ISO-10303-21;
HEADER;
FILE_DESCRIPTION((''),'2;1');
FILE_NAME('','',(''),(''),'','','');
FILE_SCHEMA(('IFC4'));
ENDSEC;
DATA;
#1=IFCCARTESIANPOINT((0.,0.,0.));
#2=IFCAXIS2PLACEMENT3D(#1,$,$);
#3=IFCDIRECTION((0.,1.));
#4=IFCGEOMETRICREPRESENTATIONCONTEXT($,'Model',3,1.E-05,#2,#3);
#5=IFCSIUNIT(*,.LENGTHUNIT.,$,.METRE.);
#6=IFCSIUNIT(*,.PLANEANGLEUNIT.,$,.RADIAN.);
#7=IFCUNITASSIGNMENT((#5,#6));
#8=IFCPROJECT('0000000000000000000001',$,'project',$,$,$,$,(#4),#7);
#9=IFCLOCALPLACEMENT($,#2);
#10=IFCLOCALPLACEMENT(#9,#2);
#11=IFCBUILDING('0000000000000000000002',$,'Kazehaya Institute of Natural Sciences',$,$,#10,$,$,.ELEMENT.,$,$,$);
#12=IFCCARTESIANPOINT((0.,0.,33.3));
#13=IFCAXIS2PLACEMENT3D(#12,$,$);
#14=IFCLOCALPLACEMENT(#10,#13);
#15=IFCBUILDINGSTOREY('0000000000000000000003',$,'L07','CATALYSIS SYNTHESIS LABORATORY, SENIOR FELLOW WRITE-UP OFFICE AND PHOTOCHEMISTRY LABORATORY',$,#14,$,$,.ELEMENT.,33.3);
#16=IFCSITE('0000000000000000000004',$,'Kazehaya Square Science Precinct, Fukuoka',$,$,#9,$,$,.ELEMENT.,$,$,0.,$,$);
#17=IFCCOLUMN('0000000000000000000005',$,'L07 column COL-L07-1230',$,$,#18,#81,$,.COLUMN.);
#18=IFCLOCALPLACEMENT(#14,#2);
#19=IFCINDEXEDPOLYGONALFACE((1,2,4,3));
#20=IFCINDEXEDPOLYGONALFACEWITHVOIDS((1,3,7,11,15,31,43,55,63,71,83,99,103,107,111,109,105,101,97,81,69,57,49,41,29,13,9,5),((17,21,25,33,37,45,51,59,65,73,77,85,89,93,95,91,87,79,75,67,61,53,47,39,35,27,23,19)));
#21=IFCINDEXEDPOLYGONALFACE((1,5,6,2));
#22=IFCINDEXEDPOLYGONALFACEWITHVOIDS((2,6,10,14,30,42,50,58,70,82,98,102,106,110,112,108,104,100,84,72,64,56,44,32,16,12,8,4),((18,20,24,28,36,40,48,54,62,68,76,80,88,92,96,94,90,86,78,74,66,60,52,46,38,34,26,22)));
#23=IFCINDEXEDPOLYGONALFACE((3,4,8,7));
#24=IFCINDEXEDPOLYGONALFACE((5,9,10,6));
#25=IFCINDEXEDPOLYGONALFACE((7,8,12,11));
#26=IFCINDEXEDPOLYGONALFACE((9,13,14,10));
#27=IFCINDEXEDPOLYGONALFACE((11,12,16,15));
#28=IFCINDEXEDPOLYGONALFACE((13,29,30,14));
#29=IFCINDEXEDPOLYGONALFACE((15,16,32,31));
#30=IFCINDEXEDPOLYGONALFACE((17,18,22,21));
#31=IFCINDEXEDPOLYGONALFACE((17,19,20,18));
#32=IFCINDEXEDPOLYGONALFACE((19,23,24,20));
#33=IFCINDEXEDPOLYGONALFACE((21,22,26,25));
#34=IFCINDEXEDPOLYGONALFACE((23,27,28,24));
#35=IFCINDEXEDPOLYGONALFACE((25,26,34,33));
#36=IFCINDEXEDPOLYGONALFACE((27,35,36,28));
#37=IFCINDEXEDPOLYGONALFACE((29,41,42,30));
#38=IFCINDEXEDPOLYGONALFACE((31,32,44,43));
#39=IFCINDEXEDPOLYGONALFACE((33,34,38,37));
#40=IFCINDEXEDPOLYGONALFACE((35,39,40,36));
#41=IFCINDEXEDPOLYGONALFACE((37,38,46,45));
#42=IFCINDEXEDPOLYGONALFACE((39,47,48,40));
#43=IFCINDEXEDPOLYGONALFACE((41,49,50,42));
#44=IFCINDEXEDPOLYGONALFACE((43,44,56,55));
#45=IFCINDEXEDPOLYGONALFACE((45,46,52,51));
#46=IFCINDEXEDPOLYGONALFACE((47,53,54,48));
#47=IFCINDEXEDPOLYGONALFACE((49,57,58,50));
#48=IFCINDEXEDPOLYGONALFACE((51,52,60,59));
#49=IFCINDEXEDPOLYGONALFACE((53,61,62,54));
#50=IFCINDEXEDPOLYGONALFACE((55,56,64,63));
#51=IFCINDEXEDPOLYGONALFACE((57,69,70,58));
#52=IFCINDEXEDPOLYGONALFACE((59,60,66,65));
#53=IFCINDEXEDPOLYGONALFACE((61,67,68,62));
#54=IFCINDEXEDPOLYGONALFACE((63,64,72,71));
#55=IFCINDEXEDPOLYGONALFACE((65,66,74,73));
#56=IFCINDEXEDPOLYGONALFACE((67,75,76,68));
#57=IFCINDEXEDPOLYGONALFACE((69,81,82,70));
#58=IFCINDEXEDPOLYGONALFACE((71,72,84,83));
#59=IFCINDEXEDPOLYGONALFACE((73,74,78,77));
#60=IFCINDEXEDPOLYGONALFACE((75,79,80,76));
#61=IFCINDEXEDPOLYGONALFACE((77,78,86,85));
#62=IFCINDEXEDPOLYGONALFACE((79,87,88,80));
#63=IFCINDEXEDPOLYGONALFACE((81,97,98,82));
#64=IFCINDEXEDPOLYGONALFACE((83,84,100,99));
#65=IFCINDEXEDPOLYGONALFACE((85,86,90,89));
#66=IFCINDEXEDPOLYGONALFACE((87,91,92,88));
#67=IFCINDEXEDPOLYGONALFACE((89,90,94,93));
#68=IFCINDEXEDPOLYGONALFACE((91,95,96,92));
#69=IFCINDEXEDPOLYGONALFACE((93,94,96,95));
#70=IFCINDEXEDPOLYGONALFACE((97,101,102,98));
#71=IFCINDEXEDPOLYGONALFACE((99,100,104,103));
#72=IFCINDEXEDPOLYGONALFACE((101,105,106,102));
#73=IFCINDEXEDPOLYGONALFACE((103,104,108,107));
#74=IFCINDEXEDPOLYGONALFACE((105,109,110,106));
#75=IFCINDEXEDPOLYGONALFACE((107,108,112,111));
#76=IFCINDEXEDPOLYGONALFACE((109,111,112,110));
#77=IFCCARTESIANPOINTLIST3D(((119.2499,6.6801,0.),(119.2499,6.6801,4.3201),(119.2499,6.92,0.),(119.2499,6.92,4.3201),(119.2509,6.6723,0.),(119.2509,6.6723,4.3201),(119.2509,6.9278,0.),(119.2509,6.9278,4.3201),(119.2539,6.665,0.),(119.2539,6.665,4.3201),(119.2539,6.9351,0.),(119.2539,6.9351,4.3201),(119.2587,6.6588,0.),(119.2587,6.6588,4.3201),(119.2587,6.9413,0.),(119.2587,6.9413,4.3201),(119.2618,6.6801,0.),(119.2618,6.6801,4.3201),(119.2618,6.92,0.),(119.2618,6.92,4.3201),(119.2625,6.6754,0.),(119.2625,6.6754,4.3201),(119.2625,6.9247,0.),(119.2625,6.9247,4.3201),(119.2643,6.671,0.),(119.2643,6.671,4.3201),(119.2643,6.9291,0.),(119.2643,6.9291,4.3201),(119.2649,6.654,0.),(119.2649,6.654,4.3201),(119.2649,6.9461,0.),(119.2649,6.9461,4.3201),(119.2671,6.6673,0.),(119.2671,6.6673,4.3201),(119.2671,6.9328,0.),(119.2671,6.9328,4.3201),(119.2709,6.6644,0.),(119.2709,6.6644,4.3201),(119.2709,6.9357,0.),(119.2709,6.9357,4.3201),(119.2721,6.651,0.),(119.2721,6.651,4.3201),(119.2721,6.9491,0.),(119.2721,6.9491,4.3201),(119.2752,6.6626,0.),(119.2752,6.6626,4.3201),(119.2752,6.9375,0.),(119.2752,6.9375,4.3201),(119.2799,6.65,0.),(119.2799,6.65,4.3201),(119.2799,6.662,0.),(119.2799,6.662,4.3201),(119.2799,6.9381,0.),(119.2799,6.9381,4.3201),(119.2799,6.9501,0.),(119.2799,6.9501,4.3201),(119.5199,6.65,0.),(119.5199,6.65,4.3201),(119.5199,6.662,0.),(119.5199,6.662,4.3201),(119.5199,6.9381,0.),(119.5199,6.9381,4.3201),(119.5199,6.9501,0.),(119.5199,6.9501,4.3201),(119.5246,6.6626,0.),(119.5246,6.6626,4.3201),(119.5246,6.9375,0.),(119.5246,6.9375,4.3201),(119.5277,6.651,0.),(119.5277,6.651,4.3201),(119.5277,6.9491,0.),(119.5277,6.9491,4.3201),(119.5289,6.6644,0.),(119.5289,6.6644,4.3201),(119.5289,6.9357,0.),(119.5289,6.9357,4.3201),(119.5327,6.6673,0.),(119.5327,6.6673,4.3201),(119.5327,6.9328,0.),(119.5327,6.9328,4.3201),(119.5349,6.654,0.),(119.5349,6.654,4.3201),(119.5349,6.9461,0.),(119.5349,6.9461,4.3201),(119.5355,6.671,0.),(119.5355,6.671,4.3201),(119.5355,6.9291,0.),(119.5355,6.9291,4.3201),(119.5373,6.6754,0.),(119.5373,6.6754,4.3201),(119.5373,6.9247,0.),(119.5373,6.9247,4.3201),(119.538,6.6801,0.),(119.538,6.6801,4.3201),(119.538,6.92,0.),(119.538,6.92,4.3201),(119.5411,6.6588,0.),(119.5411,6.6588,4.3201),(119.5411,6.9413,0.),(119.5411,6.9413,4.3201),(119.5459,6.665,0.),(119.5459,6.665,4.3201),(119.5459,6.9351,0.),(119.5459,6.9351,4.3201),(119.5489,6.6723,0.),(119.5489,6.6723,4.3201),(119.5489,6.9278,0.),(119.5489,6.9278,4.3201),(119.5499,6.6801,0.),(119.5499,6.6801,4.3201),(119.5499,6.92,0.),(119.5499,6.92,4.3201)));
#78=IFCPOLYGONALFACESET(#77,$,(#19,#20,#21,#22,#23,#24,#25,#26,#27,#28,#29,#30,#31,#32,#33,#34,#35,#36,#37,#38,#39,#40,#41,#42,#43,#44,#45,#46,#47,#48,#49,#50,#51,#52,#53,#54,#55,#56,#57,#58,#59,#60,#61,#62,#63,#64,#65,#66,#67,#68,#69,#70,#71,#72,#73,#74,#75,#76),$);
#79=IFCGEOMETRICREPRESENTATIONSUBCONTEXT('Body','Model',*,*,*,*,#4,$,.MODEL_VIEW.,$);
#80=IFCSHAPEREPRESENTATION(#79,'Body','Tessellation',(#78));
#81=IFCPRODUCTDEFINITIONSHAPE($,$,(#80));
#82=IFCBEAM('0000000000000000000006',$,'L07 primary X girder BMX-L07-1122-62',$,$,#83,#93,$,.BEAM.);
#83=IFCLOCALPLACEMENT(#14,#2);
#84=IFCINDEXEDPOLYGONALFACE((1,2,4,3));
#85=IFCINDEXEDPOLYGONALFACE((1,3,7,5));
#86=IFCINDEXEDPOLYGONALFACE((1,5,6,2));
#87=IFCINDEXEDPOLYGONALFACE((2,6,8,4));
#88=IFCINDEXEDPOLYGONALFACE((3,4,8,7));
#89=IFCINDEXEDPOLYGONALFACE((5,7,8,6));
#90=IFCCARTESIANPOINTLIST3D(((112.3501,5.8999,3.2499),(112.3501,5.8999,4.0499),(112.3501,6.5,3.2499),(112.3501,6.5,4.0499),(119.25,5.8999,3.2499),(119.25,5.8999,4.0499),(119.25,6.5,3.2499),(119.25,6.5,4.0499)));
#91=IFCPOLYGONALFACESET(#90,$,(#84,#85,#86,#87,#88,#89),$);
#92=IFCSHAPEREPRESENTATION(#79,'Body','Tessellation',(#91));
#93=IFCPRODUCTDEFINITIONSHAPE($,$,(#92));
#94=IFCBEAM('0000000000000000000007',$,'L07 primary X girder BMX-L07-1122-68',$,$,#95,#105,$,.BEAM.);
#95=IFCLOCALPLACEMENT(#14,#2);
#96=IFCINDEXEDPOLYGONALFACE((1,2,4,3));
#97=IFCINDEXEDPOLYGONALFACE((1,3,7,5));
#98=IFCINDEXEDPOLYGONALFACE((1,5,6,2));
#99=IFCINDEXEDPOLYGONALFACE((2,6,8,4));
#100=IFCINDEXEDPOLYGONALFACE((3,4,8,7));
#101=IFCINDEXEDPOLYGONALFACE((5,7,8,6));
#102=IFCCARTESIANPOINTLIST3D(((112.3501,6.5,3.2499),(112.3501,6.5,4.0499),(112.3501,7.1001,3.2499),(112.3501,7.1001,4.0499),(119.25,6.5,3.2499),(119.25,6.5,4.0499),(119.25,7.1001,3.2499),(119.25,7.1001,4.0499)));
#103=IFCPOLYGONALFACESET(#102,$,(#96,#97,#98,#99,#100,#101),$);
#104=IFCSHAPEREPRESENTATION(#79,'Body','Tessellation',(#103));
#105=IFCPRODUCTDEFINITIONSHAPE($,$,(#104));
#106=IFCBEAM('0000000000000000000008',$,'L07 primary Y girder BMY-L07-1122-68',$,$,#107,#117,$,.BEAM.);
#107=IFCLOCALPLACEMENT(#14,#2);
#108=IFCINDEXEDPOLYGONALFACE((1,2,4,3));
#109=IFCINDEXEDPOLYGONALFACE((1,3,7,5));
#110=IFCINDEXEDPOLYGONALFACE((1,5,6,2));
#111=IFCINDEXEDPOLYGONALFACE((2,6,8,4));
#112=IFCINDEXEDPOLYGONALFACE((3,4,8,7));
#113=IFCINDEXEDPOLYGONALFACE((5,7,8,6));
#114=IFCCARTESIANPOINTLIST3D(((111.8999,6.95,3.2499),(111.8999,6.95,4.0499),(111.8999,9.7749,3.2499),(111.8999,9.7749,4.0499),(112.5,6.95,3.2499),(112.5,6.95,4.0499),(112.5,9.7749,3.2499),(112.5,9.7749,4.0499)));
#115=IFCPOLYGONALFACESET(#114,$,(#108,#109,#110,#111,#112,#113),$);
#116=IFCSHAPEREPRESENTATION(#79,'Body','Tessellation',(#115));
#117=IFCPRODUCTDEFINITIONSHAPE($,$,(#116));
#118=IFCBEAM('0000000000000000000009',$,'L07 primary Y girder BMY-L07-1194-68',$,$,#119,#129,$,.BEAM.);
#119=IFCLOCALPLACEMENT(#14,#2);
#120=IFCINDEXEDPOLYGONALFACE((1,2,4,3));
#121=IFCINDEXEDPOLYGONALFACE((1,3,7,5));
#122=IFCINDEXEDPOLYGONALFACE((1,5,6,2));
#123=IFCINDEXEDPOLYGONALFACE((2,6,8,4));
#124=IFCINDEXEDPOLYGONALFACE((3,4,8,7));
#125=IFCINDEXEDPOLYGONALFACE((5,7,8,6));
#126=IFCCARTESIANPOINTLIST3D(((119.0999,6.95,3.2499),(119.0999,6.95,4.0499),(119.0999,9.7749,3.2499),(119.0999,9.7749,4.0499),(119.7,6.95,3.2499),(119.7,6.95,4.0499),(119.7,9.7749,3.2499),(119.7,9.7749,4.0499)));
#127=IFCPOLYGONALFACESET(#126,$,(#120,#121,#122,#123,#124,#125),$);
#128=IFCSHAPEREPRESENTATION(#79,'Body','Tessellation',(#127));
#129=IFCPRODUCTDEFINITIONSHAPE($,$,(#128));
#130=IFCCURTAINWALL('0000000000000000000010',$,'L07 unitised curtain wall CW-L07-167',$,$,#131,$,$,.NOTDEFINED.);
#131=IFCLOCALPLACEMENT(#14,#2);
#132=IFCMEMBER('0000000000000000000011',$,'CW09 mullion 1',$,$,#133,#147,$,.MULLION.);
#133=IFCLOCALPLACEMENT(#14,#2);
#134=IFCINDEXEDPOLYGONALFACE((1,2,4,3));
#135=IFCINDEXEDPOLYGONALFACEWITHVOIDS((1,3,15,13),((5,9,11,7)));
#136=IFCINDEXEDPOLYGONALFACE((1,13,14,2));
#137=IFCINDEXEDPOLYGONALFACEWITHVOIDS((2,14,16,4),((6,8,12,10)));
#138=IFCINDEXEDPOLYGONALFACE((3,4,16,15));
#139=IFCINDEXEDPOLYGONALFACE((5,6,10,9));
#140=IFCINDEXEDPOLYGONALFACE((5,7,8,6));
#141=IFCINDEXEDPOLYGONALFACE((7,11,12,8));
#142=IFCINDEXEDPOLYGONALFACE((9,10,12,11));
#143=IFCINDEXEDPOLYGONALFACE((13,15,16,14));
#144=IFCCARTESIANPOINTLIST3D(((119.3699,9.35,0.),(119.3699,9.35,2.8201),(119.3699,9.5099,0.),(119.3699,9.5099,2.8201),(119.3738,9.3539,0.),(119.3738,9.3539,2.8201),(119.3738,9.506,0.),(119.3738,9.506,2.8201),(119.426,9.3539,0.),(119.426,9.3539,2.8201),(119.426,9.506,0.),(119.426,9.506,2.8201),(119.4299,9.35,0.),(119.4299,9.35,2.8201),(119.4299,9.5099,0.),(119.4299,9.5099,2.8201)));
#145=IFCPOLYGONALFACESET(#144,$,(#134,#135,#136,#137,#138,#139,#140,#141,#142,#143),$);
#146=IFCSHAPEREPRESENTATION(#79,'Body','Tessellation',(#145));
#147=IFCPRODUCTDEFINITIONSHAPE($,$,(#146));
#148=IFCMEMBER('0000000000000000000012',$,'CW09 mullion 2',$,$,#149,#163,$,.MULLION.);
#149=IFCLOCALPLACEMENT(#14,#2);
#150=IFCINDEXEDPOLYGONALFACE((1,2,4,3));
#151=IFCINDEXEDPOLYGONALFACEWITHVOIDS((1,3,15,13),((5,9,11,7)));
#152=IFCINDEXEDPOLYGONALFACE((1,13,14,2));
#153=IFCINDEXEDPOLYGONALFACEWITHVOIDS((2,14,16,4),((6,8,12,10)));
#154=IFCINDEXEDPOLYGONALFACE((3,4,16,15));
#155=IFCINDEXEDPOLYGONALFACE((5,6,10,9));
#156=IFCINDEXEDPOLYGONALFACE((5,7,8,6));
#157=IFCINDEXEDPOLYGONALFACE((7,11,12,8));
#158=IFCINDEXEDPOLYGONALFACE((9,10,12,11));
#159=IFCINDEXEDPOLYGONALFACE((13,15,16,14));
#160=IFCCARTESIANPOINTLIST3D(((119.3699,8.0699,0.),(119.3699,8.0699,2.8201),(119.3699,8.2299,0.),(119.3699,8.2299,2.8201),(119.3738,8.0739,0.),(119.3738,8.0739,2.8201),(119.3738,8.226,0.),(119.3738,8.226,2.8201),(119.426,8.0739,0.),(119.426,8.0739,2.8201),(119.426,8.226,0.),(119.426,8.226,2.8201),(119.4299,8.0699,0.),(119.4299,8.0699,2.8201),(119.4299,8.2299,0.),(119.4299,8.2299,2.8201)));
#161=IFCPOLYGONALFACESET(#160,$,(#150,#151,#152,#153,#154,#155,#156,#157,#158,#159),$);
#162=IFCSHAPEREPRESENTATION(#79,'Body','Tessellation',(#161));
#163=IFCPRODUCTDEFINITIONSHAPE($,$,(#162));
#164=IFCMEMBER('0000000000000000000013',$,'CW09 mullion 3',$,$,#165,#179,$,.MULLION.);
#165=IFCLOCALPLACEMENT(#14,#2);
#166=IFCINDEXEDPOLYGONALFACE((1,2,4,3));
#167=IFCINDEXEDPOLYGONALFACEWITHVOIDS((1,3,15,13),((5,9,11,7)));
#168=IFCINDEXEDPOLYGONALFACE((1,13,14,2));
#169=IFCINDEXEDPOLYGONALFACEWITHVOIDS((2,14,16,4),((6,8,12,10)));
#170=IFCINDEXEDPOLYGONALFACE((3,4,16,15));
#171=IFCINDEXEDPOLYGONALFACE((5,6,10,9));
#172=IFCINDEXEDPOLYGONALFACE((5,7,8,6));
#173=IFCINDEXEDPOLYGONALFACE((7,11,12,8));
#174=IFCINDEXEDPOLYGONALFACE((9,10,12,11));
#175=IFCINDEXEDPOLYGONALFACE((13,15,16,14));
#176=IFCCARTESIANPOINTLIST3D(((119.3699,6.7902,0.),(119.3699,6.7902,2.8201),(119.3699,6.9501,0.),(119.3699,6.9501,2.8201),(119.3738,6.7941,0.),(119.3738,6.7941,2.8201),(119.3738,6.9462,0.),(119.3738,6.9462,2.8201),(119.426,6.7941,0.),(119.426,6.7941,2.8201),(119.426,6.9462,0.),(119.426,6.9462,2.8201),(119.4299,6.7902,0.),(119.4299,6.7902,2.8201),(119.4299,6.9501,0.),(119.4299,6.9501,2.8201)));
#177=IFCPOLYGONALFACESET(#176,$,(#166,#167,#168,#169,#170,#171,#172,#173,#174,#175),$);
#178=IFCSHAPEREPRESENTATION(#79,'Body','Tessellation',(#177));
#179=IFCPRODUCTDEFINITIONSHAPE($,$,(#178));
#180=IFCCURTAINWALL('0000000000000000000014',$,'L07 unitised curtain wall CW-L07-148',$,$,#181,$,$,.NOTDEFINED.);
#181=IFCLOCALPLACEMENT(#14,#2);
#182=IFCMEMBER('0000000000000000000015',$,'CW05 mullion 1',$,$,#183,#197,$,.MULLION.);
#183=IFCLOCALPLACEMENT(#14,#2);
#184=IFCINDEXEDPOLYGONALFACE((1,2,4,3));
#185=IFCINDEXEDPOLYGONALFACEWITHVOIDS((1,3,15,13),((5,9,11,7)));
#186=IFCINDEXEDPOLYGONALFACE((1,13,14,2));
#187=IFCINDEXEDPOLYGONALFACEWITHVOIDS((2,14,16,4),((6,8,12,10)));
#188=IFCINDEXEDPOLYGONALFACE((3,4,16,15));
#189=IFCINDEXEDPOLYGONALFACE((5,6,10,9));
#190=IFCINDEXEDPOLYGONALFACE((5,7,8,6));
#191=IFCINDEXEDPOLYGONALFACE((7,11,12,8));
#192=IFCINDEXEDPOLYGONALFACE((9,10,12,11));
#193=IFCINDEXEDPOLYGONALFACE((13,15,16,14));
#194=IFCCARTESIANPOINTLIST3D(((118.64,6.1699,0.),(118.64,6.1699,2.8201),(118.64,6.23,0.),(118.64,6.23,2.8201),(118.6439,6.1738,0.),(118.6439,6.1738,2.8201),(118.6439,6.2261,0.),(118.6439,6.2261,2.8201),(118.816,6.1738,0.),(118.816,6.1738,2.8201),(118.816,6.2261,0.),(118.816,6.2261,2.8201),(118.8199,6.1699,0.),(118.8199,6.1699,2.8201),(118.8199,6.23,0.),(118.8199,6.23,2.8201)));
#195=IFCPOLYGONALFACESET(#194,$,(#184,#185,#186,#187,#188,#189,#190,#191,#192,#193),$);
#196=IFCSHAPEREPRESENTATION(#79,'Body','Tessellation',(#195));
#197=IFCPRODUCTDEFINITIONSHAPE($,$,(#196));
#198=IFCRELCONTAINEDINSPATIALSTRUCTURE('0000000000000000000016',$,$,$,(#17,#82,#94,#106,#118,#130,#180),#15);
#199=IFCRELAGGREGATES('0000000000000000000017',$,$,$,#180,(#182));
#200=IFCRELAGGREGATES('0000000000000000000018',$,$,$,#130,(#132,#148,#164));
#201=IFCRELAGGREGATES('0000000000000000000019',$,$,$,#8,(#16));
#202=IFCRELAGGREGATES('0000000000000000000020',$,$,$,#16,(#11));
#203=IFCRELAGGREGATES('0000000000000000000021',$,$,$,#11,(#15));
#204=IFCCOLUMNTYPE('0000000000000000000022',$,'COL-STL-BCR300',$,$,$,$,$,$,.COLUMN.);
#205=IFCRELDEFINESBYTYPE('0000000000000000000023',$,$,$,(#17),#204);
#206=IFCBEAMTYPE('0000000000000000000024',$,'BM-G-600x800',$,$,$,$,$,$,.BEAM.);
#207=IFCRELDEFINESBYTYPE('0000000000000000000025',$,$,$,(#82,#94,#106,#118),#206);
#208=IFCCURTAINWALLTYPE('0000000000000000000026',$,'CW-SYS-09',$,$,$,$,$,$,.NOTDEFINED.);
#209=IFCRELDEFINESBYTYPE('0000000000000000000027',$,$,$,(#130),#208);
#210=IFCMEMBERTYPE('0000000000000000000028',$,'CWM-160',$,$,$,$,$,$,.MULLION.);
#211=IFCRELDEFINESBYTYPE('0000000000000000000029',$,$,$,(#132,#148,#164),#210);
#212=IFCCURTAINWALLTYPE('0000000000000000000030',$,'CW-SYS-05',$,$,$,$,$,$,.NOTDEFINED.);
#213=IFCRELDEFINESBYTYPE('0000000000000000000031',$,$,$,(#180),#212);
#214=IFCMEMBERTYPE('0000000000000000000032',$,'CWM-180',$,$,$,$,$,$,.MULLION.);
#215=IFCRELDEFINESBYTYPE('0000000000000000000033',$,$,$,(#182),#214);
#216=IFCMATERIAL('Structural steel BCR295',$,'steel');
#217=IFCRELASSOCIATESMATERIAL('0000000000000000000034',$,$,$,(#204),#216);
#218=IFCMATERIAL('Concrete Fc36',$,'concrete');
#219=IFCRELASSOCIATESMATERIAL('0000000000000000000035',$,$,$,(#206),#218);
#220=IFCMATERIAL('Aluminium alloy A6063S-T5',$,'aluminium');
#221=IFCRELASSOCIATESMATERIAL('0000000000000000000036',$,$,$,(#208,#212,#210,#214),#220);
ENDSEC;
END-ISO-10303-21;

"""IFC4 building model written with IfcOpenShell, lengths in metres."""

from ifc_helpers import new_model, si_unit, direction, frame, origin, origin_2d, place, context, subcontext, project, spatial, rectangle, hollow_rectangle, extrude, material, material_profile, profile_set, type_object, element, aggregate, save


model = new_model("IFC4")

# Units and contexts
model_context = context("Model", 3, precision=1e-05, world=origin(), true_north=direction((0.0, 1.0)))
body_context = subcontext(model_context, "Body", "Model", "MODEL_VIEW")
ifc_project = project(units=[si_unit("LENGTHUNIT", "METRE"), si_unit("PLANEANGLEUNIT", "RADIAN")], contexts=[model_context])

# Site, building, storey
site_placement = place(None, origin())
site = spatial("IfcSite", under=ifc_project, at=site_placement, Name="Kazehaya Square Science Precinct, Fukuoka", CompositionType="ELEMENT", RefElevation=0.0)
building_placement = place(site_placement, origin())
building = spatial("IfcBuilding", under=site, at=building_placement, Name="Kazehaya Institute of Natural Sciences", CompositionType="ELEMENT")
storey_placement = place(building_placement, frame((0.0, 0.0, 33.3)))
storey = spatial("IfcBuildingStorey", under=building, at=storey_placement, Name="L07", Description="CATALYSIS SYNTHESIS LABORATORY, SENIOR FELLOW WRITE-UP OFFICE AND PHOTOCHEMISTRY LABORATORY", CompositionType="ELEMENT", Elevation=33.3)

# Column
ifc_material_1 = material(Name="Structural steel BCR295", Category="steel")
ifc_material_profile_1 = material_profile(ifc_material_1, hollow_rectangle(XDim=0.3, YDim=0.3, WallThickness=0.012, InnerFilletRadius=0.0181, OuterFilletRadius=0.03, at=origin_2d()), Name="BCR-300x300x12")
ifc_profile_set_1 = profile_set([ifc_material_profile_1], Name="Structural steel BCR295")
column_type = type_object("IfcColumnType", Name="COL-STL-BCR300", PredefinedType="COLUMN", material=ifc_profile_set_1)
for number, where, z_axis, x_axis, name in (
    (1, (119.3999, 6.8, 0.0), (0.0, 0.0, 1.0), (1.0, 0.0, 0.0), "L07 column COL-L07-1230"),
):
    element("IfcColumn", number, at=place(storey_placement, frame(where, z_axis=z_axis, x_axis=x_axis)), inside=storey, type_object=column_type, Name=name, PredefinedType="COLUMN", context=body_context, shape_type="SweptSolid", body=[
        extrude(hollow_rectangle(XDim=0.3, YDim=0.3, WallThickness=0.012, InnerFilletRadius=0.0181, OuterFilletRadius=0.03, at=origin_2d()), origin(), (0.0, 0.0, 1.0), 4.3201),
    ])

# Beams
ifc_material_2 = material(Name="Concrete Fc36", Category="concrete")
ifc_material_profile_2 = material_profile(ifc_material_2, rectangle(XDim=0.6001, YDim=0.8, at=origin_2d()), Name="RC-600x800")
ifc_profile_set_2 = profile_set([ifc_material_profile_2], Name="Concrete Fc36")
beam_type = type_object("IfcBeamType", Name="BM-G-600x800", PredefinedType="BEAM", material=ifc_profile_set_2)
for number, where, z_axis, x_axis, name in (
    (2, (112.3501, 6.2, 3.6499), (1.0, 0.0, 0.0), (0.0, 1.0, 0.0), "L07 primary X girder BMX-L07-1122-62"),
    (3, (112.3501, 6.8, 3.6499), (1.0, 0.0, 0.0), (0.0, 1.0, 0.0), "L07 primary X girder BMX-L07-1122-68"),
):
    element("IfcBeam", number, at=place(storey_placement, frame(where, z_axis=z_axis, x_axis=x_axis)), inside=storey, type_object=beam_type, Name=name, PredefinedType="BEAM", context=body_context, shape_type="SweptSolid", body=[
        extrude(rectangle(XDim=0.6001, YDim=0.8, at=origin_2d()), origin(), (0.0, 0.0, 1.0), 6.8999),
    ])
for number, where, z_axis, x_axis, name in (
    (4, (112.2, 6.95, 3.6499), (0.0, 1.0, 0.0), (-1.0, 0.0, 0.0), "L07 primary Y girder BMY-L07-1122-68"),
    (5, (119.3999, 6.95, 3.6499), (0.0, 1.0, 0.0), (-1.0, 0.0, 0.0), "L07 primary Y girder BMY-L07-1194-68"),
):
    element("IfcBeam", number, at=place(storey_placement, frame(where, z_axis=z_axis, x_axis=x_axis)), inside=storey, type_object=beam_type, Name=name, PredefinedType="BEAM", context=body_context, shape_type="SweptSolid", body=[
        extrude(rectangle(XDim=0.6001, YDim=0.8, at=origin_2d()), origin(), (0.0, 0.0, 1.0), 2.825),
    ])

# Curtain walls, members
ifc_material_3 = material(Name="Aluminium alloy A6063S-T5", Category="aluminium")
curtain_wall_type_1 = type_object("IfcCurtainWallType", Name="CW-SYS-09", PredefinedType="NOTDEFINED", material=ifc_material_3)
curtain_wall_1_placement = place(storey_placement, origin())
curtain_wall_1 = element("IfcCurtainWall", 6, at=curtain_wall_1_placement, inside=storey, type_object=curtain_wall_type_1, Name="L07 unitised curtain wall CW-L07-167", PredefinedType="NOTDEFINED")
ifc_material_profile_3 = material_profile(ifc_material_3, hollow_rectangle(XDim=0.0601, YDim=0.1599, WallThickness=0.0039, at=origin_2d()), Name="ALU-60x160x4")
ifc_profile_set_3 = profile_set([ifc_material_profile_3], Name="Aluminium alloy A6063S-T5")
member_type_1 = type_object("IfcMemberType", Name="CWM-160", PredefinedType="MULLION", material=ifc_profile_set_3)
member_1_placement = place(storey_placement, frame((119.3999, 9.4299, 0.0), z_axis=(0.0, 0.0, 1.0), x_axis=(1.0, 0.0, 0.0)))
member_1 = element("IfcMember", 7, at=member_1_placement, type_object=member_type_1, Name="CW09 mullion 1", PredefinedType="MULLION", context=body_context, shape_type="SweptSolid", body=[
    extrude(hollow_rectangle(XDim=0.0601, YDim=0.1599, WallThickness=0.0039, at=origin_2d()), origin(), (0.0, 0.0, 1.0), 2.8201),
])
member_2_placement = place(storey_placement, frame((119.3999, 8.1499, 0.0), z_axis=(0.0, 0.0, 1.0), x_axis=(1.0, 0.0, 0.0)))
member_2 = element("IfcMember", 8, at=member_2_placement, type_object=member_type_1, Name="CW09 mullion 2", PredefinedType="MULLION", context=body_context, shape_type="SweptSolid", body=[
    extrude(hollow_rectangle(XDim=0.0601, YDim=0.1599, WallThickness=0.0039, at=origin_2d()), origin(), (0.0, 0.0, 1.0), 2.8201),
])
member_3_placement = place(storey_placement, frame((119.3999, 6.8701, 0.0), z_axis=(0.0, 0.0, 1.0), x_axis=(1.0, 0.0, 0.0)))
member_3 = element("IfcMember", 9, at=member_3_placement, type_object=member_type_1, Name="CW09 mullion 3", PredefinedType="MULLION", context=body_context, shape_type="SweptSolid", body=[
    extrude(hollow_rectangle(XDim=0.0601, YDim=0.1599, WallThickness=0.0039, at=origin_2d()), origin(), (0.0, 0.0, 1.0), 2.8201),
])
curtain_wall_type_2 = type_object("IfcCurtainWallType", Name="CW-SYS-05", PredefinedType="NOTDEFINED", material=ifc_material_3)
curtain_wall_2_placement = place(storey_placement, origin())
curtain_wall_2 = element("IfcCurtainWall", 10, at=curtain_wall_2_placement, inside=storey, type_object=curtain_wall_type_2, Name="L07 unitised curtain wall CW-L07-148", PredefinedType="NOTDEFINED")
ifc_material_profile_4 = material_profile(ifc_material_3, hollow_rectangle(XDim=0.0601, YDim=0.1799, WallThickness=0.0039, at=origin_2d()), Name="ALU-60x180x4")
ifc_profile_set_4 = profile_set([ifc_material_profile_4], Name="Aluminium alloy A6063S-T5")
member_type_2 = type_object("IfcMemberType", Name="CWM-180", PredefinedType="MULLION", material=ifc_profile_set_4)
member_4_placement = place(storey_placement, frame((118.73, 6.2, 0.0), z_axis=(0.0, 0.0, 1.0), x_axis=(0.0, -1.0, 0.0)))
member_4 = element("IfcMember", 11, at=member_4_placement, type_object=member_type_2, Name="CW05 mullion 1", PredefinedType="MULLION", context=body_context, shape_type="SweptSolid", body=[
    extrude(hollow_rectangle(XDim=0.0601, YDim=0.1799, WallThickness=0.0039, at=origin_2d()), origin(), (0.0, 0.0, 1.0), 2.8201),
])

aggregate(curtain_wall_2, [member_4])
aggregate(curtain_wall_1, [member_1, member_2, member_3])

save(model, "model.ifc")
